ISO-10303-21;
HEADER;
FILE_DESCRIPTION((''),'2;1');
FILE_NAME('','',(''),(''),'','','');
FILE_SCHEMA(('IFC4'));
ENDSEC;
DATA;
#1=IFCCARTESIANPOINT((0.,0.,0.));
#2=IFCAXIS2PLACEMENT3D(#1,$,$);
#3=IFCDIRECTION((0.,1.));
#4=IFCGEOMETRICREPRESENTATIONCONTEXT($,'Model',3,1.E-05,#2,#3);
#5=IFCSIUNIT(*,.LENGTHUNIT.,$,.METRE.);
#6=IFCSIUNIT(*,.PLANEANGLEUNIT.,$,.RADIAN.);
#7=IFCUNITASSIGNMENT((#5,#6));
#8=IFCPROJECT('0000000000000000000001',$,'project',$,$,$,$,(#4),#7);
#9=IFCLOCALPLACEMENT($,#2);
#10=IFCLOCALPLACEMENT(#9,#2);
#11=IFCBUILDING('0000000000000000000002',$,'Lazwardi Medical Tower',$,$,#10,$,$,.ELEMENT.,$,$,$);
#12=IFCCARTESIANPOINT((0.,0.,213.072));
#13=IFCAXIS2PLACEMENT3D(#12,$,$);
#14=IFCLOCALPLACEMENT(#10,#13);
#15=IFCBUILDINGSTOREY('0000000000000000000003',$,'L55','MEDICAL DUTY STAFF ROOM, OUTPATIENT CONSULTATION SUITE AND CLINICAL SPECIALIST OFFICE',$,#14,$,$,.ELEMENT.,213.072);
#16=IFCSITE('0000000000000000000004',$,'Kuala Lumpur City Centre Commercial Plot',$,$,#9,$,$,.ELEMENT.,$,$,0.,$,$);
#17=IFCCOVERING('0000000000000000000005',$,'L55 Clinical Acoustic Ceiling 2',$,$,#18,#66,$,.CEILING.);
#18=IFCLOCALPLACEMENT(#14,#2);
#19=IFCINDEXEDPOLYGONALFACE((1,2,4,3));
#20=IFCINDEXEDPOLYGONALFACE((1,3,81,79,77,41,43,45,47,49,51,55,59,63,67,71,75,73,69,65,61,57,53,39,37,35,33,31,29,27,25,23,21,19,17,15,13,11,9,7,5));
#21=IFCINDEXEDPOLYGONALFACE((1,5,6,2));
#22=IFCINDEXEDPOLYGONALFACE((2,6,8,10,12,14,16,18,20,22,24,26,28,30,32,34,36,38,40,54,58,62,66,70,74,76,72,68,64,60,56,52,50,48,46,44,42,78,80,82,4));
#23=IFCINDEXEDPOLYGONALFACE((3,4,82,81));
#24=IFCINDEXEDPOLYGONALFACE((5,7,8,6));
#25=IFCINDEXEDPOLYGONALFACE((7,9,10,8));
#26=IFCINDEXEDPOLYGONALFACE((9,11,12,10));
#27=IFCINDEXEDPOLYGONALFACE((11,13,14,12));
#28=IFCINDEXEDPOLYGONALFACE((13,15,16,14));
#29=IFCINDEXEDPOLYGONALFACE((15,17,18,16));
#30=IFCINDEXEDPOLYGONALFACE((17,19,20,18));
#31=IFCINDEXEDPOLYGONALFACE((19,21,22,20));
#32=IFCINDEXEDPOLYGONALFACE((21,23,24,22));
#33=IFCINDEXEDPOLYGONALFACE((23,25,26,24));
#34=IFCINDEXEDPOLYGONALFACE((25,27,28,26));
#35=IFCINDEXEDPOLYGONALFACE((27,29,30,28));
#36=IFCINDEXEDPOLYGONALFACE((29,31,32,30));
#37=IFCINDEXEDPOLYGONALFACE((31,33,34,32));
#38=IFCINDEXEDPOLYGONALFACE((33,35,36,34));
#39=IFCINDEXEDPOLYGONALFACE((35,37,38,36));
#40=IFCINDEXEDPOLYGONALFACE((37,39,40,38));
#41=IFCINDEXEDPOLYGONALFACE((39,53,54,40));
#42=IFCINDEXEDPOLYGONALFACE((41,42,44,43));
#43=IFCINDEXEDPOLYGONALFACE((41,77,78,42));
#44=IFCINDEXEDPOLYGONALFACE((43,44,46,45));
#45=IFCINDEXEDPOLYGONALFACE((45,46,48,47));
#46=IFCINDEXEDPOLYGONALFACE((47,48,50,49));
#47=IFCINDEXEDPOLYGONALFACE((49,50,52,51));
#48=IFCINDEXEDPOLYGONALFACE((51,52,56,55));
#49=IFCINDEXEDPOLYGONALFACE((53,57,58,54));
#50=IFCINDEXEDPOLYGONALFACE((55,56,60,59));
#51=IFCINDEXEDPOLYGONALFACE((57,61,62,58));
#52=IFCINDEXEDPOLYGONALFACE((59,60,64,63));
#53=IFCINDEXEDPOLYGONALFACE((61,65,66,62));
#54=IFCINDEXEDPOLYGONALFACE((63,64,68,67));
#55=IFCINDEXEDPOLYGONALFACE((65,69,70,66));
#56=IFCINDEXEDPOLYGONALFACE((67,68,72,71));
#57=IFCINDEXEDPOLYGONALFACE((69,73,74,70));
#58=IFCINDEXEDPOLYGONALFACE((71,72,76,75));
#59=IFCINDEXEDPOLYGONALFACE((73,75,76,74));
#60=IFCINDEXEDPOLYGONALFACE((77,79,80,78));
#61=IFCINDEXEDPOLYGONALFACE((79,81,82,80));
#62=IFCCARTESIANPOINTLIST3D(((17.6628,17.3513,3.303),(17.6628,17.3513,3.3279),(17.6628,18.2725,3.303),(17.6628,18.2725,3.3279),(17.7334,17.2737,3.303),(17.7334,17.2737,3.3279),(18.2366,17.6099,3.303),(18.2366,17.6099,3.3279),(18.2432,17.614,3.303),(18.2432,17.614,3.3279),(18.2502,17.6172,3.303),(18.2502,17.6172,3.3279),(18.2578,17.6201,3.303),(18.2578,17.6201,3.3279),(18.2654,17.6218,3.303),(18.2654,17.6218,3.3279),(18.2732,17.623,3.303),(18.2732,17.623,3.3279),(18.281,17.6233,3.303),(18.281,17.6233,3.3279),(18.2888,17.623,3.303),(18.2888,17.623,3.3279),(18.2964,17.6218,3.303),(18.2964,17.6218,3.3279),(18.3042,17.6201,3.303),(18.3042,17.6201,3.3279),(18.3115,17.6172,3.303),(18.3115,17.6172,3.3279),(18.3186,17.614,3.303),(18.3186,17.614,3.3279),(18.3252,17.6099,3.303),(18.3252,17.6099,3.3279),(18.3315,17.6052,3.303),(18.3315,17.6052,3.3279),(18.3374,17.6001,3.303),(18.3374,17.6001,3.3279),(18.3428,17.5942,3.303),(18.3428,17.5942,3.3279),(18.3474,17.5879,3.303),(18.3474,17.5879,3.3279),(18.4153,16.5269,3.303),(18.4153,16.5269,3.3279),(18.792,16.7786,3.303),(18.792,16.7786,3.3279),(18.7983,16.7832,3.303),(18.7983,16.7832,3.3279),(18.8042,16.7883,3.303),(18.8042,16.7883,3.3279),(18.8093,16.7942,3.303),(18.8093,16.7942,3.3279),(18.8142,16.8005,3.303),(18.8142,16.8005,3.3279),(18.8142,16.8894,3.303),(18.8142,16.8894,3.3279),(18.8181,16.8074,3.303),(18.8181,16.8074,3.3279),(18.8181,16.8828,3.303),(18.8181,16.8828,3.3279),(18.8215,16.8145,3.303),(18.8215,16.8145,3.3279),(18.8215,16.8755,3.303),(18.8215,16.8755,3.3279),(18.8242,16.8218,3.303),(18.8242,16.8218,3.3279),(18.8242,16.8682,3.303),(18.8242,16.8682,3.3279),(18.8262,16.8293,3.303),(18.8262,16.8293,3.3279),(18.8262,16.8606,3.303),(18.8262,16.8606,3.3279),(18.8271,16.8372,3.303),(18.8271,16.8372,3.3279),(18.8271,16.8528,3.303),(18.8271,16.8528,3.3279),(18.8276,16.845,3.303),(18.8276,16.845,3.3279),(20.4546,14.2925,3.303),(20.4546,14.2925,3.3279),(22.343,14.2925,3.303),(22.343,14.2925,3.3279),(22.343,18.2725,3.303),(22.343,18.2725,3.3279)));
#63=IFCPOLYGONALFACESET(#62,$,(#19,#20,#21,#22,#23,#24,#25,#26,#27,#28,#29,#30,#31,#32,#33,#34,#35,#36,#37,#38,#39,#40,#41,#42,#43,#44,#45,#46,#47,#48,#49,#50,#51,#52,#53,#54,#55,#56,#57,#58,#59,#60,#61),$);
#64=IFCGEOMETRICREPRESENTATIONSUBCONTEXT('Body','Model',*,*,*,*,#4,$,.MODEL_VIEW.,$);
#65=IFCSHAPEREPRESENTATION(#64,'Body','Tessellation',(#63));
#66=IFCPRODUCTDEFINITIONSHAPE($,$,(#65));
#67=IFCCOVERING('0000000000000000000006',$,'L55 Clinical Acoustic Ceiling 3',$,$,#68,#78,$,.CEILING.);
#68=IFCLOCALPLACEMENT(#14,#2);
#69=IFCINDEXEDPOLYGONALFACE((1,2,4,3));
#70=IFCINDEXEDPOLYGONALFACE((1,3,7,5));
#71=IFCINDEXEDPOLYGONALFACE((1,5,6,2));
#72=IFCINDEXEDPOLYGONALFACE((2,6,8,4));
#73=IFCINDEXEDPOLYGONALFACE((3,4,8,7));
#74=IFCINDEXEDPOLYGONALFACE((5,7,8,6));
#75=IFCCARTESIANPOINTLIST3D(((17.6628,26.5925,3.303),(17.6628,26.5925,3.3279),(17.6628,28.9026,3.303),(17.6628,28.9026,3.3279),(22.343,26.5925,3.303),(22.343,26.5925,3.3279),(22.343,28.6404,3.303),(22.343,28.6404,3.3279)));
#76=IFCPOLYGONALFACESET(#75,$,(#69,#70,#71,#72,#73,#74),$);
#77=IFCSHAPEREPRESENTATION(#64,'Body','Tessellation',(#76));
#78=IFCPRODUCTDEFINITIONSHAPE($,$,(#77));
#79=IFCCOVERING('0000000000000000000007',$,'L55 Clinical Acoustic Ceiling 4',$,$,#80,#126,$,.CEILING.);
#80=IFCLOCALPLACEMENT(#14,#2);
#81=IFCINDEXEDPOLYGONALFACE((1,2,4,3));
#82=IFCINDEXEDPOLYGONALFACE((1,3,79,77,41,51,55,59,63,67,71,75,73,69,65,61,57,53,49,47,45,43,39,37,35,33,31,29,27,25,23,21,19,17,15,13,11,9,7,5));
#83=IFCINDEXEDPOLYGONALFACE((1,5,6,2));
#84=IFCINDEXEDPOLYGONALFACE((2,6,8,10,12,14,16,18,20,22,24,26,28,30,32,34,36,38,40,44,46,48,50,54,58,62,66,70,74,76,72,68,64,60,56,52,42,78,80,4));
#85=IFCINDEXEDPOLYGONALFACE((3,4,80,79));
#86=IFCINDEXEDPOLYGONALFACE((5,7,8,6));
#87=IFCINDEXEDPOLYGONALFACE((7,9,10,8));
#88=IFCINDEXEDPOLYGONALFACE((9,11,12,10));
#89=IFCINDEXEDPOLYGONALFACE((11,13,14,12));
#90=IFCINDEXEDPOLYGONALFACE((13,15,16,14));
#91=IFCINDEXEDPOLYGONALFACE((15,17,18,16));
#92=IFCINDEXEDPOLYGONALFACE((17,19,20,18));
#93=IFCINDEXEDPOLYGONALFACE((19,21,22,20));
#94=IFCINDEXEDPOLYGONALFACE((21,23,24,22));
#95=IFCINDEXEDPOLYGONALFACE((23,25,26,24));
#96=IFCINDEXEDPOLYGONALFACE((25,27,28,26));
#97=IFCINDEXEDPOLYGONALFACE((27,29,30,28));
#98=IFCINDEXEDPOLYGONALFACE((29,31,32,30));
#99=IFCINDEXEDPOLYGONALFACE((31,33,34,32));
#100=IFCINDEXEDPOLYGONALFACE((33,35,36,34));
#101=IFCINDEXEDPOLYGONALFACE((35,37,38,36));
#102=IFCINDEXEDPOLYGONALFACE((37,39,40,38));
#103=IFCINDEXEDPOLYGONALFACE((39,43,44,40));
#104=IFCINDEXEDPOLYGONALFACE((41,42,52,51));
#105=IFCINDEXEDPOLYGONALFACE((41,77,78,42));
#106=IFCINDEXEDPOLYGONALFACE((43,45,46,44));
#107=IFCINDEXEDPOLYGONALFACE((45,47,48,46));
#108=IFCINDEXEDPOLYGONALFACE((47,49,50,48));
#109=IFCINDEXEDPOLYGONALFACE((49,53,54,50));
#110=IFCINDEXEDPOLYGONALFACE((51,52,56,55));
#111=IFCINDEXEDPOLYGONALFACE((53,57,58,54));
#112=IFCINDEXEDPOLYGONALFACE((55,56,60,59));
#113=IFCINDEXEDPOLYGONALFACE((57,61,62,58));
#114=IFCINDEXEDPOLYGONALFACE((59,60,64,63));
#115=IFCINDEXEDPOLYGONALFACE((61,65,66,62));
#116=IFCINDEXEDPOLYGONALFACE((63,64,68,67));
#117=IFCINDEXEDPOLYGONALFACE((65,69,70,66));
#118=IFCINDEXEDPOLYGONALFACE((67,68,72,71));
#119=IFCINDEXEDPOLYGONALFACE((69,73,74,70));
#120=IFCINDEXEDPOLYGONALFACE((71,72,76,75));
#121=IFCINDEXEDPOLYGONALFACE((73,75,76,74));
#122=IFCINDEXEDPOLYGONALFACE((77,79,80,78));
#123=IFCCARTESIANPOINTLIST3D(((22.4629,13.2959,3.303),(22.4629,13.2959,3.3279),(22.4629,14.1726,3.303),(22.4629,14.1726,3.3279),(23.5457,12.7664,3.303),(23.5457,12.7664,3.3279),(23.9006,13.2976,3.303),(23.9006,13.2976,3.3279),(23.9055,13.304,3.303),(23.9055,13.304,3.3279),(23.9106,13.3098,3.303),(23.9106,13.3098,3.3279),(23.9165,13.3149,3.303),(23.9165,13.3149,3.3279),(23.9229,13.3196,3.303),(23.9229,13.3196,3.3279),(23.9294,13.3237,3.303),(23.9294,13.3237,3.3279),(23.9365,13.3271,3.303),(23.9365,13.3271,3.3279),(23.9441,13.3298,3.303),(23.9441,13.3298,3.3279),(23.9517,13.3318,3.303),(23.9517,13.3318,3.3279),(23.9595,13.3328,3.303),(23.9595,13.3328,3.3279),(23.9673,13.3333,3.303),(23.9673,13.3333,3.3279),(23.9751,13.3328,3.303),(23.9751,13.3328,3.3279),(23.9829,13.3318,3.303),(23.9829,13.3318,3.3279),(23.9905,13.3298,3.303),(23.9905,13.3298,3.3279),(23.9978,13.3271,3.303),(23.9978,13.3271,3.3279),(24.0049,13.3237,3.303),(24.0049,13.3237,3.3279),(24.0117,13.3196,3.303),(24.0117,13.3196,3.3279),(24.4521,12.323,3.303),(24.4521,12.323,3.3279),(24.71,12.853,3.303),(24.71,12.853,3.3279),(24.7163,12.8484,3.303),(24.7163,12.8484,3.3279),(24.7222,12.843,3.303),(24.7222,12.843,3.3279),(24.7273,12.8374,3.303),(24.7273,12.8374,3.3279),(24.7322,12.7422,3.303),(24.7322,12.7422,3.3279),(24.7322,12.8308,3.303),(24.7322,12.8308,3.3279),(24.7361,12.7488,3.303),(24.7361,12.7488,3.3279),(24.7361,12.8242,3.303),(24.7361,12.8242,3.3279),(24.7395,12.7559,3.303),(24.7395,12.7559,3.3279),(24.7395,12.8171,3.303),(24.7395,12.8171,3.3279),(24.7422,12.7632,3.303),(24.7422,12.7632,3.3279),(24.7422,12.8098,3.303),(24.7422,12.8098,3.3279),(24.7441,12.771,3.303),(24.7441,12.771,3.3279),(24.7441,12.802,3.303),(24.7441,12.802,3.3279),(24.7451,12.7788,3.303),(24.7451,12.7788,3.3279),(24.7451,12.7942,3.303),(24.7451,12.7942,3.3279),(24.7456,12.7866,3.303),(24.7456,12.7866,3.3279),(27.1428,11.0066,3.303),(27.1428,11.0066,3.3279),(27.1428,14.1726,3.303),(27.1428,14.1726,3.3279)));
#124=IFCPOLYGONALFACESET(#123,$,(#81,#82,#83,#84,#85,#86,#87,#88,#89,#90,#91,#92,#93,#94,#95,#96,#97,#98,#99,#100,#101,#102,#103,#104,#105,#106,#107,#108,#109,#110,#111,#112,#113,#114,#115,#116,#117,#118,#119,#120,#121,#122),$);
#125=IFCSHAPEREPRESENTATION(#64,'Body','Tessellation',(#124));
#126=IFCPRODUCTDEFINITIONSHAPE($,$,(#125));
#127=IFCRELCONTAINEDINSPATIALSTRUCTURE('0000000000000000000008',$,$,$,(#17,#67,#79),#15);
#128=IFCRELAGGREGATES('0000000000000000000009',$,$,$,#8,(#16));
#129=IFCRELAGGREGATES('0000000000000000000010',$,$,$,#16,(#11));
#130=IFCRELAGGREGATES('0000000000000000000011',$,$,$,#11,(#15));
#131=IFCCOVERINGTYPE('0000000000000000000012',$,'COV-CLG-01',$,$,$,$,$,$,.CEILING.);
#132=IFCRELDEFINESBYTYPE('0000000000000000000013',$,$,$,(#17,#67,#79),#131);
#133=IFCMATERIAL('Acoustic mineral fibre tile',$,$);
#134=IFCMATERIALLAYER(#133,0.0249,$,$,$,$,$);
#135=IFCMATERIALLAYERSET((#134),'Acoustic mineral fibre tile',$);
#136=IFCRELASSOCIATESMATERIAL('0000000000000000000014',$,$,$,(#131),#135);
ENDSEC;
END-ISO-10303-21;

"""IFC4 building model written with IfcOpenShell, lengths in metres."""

from ifc_helpers import new_model, si_unit, direction, frame, origin, place, context, subcontext, project, spatial, polyline, outline, extrude, material, layer, layer_set, type_object, element, save


model = new_model("IFC4")

# Units and contexts
model_context = context("Model", 3, precision=1e-05, world=origin(), true_north=direction((0.0, 1.0)))
body_context = subcontext(model_context, "Body", "Model", "MODEL_VIEW")
ifc_project = project(units=[si_unit("LENGTHUNIT", "METRE"), si_unit("PLANEANGLEUNIT", "RADIAN")], contexts=[model_context])

# Site, building, storey
site_placement = place(None, origin())
site = spatial("IfcSite", under=ifc_project, at=site_placement, Name="Kuala Lumpur City Centre Commercial Plot", CompositionType="ELEMENT", RefElevation=0.0)
building_placement = place(site_placement, origin())
building = spatial("IfcBuilding", under=site, at=building_placement, Name="Lazwardi Medical Tower", CompositionType="ELEMENT")
storey_placement = place(building_placement, frame((0.0, 0.0, 213.072)))
storey = spatial("IfcBuildingStorey", under=building, at=storey_placement, Name="L55", Description="MEDICAL DUTY STAFF ROOM, OUTPATIENT CONSULTATION SUITE AND CLINICAL SPECIALIST OFFICE", CompositionType="ELEMENT", Elevation=213.072)

# Coverings
ifc_material_1 = material(Name="Acoustic mineral fibre tile")
ifc_layer_1 = layer(ifc_material_1, 0.0249)
ifc_layer_set_1 = layer_set([ifc_layer_1], Name="Acoustic mineral fibre tile")
covering_type_1 = type_object("IfcCoveringType", Name="COV-CLG-01", PredefinedType="CEILING", material=ifc_layer_set_1)
covering_1_placement = place(storey_placement, frame((0.0, 0.0, 3.303)))
element("IfcCovering", 1, at=covering_1_placement, inside=storey, type_object=covering_type_1, Name="L55 Clinical Acoustic Ceiling 2", PredefinedType="CEILING", context=body_context, shape_type="SweptSolid", body=[
    extrude(outline(polyline([(17.6628, 17.3513), (17.7334, 17.2737), (18.2366, 17.6099), (18.2432, 17.614), (18.2502, 17.6172), (18.2578, 17.6201), (18.2654, 17.6218), (18.2732, 17.623), (18.281, 17.6233), (18.2888, 17.623), (18.2964, 17.6218), (18.3042, 17.6201), (18.3115, 17.6172), (18.3186, 17.614), (18.3252, 17.6099), (18.3315, 17.6052), (18.3374, 17.6001), (18.3428, 17.5942), (18.3474, 17.5879), (18.8142, 16.8894), (18.8181, 16.8828), (18.8215, 16.8755), (18.8242, 16.8682), (18.8262, 16.8606), (18.8271, 16.8528), (18.8276, 16.845), (18.8271, 16.8372), (18.8262, 16.8293), (18.8242, 16.8218), (18.8215, 16.8145), (18.8181, 16.8074), (18.8142, 16.8005), (18.8093, 16.7942), (18.8042, 16.7883), (18.7983, 16.7832), (18.792, 16.7786), (18.4153, 16.5269), (20.4546, 14.2925), (22.343, 14.2925), (22.343, 18.2725), (17.6628, 18.2725), (17.6628, 17.3513)])), origin(), (0.0, 0.0, 1.0), 0.0249),
])
covering_2_placement = place(storey_placement, frame((0.0, 0.0, 3.303)))
element("IfcCovering", 2, at=covering_2_placement, inside=storey, type_object=covering_type_1, Name="L55 Clinical Acoustic Ceiling 3", PredefinedType="CEILING", context=body_context, shape_type="SweptSolid", body=[
    extrude(outline(polyline([(22.343, 28.6404), (17.6628, 28.9026), (17.6628, 26.5925), (22.343, 26.5925), (22.343, 28.6404)])), origin(), (0.0, 0.0, 1.0), 0.0249),
])
covering_3_placement = place(storey_placement, frame((0.0, 0.0, 3.303)))
element("IfcCovering", 3, at=covering_3_placement, inside=storey, type_object=covering_type_1, Name="L55 Clinical Acoustic Ceiling 4", PredefinedType="CEILING", context=body_context, shape_type="SweptSolid", body=[
    extrude(outline(polyline([(22.4629, 13.2959), (23.5457, 12.7664), (23.9006, 13.2976), (23.9055, 13.304), (23.9106, 13.3098), (23.9165, 13.3149), (23.9229, 13.3196), (23.9294, 13.3237), (23.9365, 13.3271), (23.9441, 13.3298), (23.9517, 13.3318), (23.9595, 13.3328), (23.9673, 13.3333), (23.9751, 13.3328), (23.9829, 13.3318), (23.9905, 13.3298), (23.9978, 13.3271), (24.0049, 13.3237), (24.0117, 13.3196), (24.71, 12.853), (24.7163, 12.8484), (24.7222, 12.843), (24.7273, 12.8374), (24.7322, 12.8308), (24.7361, 12.8242), (24.7395, 12.8171), (24.7422, 12.8098), (24.7441, 12.802), (24.7451, 12.7942), (24.7456, 12.7866), (24.7451, 12.7788), (24.7441, 12.771), (24.7422, 12.7632), (24.7395, 12.7559), (24.7361, 12.7488), (24.7322, 12.7422), (24.4521, 12.323), (27.1428, 11.0066), (27.1428, 14.1726), (22.4629, 14.1726), (22.4629, 13.2959)])), origin(), (0.0, 0.0, 1.0), 0.0249),
])

save(model, "model.ifc")
